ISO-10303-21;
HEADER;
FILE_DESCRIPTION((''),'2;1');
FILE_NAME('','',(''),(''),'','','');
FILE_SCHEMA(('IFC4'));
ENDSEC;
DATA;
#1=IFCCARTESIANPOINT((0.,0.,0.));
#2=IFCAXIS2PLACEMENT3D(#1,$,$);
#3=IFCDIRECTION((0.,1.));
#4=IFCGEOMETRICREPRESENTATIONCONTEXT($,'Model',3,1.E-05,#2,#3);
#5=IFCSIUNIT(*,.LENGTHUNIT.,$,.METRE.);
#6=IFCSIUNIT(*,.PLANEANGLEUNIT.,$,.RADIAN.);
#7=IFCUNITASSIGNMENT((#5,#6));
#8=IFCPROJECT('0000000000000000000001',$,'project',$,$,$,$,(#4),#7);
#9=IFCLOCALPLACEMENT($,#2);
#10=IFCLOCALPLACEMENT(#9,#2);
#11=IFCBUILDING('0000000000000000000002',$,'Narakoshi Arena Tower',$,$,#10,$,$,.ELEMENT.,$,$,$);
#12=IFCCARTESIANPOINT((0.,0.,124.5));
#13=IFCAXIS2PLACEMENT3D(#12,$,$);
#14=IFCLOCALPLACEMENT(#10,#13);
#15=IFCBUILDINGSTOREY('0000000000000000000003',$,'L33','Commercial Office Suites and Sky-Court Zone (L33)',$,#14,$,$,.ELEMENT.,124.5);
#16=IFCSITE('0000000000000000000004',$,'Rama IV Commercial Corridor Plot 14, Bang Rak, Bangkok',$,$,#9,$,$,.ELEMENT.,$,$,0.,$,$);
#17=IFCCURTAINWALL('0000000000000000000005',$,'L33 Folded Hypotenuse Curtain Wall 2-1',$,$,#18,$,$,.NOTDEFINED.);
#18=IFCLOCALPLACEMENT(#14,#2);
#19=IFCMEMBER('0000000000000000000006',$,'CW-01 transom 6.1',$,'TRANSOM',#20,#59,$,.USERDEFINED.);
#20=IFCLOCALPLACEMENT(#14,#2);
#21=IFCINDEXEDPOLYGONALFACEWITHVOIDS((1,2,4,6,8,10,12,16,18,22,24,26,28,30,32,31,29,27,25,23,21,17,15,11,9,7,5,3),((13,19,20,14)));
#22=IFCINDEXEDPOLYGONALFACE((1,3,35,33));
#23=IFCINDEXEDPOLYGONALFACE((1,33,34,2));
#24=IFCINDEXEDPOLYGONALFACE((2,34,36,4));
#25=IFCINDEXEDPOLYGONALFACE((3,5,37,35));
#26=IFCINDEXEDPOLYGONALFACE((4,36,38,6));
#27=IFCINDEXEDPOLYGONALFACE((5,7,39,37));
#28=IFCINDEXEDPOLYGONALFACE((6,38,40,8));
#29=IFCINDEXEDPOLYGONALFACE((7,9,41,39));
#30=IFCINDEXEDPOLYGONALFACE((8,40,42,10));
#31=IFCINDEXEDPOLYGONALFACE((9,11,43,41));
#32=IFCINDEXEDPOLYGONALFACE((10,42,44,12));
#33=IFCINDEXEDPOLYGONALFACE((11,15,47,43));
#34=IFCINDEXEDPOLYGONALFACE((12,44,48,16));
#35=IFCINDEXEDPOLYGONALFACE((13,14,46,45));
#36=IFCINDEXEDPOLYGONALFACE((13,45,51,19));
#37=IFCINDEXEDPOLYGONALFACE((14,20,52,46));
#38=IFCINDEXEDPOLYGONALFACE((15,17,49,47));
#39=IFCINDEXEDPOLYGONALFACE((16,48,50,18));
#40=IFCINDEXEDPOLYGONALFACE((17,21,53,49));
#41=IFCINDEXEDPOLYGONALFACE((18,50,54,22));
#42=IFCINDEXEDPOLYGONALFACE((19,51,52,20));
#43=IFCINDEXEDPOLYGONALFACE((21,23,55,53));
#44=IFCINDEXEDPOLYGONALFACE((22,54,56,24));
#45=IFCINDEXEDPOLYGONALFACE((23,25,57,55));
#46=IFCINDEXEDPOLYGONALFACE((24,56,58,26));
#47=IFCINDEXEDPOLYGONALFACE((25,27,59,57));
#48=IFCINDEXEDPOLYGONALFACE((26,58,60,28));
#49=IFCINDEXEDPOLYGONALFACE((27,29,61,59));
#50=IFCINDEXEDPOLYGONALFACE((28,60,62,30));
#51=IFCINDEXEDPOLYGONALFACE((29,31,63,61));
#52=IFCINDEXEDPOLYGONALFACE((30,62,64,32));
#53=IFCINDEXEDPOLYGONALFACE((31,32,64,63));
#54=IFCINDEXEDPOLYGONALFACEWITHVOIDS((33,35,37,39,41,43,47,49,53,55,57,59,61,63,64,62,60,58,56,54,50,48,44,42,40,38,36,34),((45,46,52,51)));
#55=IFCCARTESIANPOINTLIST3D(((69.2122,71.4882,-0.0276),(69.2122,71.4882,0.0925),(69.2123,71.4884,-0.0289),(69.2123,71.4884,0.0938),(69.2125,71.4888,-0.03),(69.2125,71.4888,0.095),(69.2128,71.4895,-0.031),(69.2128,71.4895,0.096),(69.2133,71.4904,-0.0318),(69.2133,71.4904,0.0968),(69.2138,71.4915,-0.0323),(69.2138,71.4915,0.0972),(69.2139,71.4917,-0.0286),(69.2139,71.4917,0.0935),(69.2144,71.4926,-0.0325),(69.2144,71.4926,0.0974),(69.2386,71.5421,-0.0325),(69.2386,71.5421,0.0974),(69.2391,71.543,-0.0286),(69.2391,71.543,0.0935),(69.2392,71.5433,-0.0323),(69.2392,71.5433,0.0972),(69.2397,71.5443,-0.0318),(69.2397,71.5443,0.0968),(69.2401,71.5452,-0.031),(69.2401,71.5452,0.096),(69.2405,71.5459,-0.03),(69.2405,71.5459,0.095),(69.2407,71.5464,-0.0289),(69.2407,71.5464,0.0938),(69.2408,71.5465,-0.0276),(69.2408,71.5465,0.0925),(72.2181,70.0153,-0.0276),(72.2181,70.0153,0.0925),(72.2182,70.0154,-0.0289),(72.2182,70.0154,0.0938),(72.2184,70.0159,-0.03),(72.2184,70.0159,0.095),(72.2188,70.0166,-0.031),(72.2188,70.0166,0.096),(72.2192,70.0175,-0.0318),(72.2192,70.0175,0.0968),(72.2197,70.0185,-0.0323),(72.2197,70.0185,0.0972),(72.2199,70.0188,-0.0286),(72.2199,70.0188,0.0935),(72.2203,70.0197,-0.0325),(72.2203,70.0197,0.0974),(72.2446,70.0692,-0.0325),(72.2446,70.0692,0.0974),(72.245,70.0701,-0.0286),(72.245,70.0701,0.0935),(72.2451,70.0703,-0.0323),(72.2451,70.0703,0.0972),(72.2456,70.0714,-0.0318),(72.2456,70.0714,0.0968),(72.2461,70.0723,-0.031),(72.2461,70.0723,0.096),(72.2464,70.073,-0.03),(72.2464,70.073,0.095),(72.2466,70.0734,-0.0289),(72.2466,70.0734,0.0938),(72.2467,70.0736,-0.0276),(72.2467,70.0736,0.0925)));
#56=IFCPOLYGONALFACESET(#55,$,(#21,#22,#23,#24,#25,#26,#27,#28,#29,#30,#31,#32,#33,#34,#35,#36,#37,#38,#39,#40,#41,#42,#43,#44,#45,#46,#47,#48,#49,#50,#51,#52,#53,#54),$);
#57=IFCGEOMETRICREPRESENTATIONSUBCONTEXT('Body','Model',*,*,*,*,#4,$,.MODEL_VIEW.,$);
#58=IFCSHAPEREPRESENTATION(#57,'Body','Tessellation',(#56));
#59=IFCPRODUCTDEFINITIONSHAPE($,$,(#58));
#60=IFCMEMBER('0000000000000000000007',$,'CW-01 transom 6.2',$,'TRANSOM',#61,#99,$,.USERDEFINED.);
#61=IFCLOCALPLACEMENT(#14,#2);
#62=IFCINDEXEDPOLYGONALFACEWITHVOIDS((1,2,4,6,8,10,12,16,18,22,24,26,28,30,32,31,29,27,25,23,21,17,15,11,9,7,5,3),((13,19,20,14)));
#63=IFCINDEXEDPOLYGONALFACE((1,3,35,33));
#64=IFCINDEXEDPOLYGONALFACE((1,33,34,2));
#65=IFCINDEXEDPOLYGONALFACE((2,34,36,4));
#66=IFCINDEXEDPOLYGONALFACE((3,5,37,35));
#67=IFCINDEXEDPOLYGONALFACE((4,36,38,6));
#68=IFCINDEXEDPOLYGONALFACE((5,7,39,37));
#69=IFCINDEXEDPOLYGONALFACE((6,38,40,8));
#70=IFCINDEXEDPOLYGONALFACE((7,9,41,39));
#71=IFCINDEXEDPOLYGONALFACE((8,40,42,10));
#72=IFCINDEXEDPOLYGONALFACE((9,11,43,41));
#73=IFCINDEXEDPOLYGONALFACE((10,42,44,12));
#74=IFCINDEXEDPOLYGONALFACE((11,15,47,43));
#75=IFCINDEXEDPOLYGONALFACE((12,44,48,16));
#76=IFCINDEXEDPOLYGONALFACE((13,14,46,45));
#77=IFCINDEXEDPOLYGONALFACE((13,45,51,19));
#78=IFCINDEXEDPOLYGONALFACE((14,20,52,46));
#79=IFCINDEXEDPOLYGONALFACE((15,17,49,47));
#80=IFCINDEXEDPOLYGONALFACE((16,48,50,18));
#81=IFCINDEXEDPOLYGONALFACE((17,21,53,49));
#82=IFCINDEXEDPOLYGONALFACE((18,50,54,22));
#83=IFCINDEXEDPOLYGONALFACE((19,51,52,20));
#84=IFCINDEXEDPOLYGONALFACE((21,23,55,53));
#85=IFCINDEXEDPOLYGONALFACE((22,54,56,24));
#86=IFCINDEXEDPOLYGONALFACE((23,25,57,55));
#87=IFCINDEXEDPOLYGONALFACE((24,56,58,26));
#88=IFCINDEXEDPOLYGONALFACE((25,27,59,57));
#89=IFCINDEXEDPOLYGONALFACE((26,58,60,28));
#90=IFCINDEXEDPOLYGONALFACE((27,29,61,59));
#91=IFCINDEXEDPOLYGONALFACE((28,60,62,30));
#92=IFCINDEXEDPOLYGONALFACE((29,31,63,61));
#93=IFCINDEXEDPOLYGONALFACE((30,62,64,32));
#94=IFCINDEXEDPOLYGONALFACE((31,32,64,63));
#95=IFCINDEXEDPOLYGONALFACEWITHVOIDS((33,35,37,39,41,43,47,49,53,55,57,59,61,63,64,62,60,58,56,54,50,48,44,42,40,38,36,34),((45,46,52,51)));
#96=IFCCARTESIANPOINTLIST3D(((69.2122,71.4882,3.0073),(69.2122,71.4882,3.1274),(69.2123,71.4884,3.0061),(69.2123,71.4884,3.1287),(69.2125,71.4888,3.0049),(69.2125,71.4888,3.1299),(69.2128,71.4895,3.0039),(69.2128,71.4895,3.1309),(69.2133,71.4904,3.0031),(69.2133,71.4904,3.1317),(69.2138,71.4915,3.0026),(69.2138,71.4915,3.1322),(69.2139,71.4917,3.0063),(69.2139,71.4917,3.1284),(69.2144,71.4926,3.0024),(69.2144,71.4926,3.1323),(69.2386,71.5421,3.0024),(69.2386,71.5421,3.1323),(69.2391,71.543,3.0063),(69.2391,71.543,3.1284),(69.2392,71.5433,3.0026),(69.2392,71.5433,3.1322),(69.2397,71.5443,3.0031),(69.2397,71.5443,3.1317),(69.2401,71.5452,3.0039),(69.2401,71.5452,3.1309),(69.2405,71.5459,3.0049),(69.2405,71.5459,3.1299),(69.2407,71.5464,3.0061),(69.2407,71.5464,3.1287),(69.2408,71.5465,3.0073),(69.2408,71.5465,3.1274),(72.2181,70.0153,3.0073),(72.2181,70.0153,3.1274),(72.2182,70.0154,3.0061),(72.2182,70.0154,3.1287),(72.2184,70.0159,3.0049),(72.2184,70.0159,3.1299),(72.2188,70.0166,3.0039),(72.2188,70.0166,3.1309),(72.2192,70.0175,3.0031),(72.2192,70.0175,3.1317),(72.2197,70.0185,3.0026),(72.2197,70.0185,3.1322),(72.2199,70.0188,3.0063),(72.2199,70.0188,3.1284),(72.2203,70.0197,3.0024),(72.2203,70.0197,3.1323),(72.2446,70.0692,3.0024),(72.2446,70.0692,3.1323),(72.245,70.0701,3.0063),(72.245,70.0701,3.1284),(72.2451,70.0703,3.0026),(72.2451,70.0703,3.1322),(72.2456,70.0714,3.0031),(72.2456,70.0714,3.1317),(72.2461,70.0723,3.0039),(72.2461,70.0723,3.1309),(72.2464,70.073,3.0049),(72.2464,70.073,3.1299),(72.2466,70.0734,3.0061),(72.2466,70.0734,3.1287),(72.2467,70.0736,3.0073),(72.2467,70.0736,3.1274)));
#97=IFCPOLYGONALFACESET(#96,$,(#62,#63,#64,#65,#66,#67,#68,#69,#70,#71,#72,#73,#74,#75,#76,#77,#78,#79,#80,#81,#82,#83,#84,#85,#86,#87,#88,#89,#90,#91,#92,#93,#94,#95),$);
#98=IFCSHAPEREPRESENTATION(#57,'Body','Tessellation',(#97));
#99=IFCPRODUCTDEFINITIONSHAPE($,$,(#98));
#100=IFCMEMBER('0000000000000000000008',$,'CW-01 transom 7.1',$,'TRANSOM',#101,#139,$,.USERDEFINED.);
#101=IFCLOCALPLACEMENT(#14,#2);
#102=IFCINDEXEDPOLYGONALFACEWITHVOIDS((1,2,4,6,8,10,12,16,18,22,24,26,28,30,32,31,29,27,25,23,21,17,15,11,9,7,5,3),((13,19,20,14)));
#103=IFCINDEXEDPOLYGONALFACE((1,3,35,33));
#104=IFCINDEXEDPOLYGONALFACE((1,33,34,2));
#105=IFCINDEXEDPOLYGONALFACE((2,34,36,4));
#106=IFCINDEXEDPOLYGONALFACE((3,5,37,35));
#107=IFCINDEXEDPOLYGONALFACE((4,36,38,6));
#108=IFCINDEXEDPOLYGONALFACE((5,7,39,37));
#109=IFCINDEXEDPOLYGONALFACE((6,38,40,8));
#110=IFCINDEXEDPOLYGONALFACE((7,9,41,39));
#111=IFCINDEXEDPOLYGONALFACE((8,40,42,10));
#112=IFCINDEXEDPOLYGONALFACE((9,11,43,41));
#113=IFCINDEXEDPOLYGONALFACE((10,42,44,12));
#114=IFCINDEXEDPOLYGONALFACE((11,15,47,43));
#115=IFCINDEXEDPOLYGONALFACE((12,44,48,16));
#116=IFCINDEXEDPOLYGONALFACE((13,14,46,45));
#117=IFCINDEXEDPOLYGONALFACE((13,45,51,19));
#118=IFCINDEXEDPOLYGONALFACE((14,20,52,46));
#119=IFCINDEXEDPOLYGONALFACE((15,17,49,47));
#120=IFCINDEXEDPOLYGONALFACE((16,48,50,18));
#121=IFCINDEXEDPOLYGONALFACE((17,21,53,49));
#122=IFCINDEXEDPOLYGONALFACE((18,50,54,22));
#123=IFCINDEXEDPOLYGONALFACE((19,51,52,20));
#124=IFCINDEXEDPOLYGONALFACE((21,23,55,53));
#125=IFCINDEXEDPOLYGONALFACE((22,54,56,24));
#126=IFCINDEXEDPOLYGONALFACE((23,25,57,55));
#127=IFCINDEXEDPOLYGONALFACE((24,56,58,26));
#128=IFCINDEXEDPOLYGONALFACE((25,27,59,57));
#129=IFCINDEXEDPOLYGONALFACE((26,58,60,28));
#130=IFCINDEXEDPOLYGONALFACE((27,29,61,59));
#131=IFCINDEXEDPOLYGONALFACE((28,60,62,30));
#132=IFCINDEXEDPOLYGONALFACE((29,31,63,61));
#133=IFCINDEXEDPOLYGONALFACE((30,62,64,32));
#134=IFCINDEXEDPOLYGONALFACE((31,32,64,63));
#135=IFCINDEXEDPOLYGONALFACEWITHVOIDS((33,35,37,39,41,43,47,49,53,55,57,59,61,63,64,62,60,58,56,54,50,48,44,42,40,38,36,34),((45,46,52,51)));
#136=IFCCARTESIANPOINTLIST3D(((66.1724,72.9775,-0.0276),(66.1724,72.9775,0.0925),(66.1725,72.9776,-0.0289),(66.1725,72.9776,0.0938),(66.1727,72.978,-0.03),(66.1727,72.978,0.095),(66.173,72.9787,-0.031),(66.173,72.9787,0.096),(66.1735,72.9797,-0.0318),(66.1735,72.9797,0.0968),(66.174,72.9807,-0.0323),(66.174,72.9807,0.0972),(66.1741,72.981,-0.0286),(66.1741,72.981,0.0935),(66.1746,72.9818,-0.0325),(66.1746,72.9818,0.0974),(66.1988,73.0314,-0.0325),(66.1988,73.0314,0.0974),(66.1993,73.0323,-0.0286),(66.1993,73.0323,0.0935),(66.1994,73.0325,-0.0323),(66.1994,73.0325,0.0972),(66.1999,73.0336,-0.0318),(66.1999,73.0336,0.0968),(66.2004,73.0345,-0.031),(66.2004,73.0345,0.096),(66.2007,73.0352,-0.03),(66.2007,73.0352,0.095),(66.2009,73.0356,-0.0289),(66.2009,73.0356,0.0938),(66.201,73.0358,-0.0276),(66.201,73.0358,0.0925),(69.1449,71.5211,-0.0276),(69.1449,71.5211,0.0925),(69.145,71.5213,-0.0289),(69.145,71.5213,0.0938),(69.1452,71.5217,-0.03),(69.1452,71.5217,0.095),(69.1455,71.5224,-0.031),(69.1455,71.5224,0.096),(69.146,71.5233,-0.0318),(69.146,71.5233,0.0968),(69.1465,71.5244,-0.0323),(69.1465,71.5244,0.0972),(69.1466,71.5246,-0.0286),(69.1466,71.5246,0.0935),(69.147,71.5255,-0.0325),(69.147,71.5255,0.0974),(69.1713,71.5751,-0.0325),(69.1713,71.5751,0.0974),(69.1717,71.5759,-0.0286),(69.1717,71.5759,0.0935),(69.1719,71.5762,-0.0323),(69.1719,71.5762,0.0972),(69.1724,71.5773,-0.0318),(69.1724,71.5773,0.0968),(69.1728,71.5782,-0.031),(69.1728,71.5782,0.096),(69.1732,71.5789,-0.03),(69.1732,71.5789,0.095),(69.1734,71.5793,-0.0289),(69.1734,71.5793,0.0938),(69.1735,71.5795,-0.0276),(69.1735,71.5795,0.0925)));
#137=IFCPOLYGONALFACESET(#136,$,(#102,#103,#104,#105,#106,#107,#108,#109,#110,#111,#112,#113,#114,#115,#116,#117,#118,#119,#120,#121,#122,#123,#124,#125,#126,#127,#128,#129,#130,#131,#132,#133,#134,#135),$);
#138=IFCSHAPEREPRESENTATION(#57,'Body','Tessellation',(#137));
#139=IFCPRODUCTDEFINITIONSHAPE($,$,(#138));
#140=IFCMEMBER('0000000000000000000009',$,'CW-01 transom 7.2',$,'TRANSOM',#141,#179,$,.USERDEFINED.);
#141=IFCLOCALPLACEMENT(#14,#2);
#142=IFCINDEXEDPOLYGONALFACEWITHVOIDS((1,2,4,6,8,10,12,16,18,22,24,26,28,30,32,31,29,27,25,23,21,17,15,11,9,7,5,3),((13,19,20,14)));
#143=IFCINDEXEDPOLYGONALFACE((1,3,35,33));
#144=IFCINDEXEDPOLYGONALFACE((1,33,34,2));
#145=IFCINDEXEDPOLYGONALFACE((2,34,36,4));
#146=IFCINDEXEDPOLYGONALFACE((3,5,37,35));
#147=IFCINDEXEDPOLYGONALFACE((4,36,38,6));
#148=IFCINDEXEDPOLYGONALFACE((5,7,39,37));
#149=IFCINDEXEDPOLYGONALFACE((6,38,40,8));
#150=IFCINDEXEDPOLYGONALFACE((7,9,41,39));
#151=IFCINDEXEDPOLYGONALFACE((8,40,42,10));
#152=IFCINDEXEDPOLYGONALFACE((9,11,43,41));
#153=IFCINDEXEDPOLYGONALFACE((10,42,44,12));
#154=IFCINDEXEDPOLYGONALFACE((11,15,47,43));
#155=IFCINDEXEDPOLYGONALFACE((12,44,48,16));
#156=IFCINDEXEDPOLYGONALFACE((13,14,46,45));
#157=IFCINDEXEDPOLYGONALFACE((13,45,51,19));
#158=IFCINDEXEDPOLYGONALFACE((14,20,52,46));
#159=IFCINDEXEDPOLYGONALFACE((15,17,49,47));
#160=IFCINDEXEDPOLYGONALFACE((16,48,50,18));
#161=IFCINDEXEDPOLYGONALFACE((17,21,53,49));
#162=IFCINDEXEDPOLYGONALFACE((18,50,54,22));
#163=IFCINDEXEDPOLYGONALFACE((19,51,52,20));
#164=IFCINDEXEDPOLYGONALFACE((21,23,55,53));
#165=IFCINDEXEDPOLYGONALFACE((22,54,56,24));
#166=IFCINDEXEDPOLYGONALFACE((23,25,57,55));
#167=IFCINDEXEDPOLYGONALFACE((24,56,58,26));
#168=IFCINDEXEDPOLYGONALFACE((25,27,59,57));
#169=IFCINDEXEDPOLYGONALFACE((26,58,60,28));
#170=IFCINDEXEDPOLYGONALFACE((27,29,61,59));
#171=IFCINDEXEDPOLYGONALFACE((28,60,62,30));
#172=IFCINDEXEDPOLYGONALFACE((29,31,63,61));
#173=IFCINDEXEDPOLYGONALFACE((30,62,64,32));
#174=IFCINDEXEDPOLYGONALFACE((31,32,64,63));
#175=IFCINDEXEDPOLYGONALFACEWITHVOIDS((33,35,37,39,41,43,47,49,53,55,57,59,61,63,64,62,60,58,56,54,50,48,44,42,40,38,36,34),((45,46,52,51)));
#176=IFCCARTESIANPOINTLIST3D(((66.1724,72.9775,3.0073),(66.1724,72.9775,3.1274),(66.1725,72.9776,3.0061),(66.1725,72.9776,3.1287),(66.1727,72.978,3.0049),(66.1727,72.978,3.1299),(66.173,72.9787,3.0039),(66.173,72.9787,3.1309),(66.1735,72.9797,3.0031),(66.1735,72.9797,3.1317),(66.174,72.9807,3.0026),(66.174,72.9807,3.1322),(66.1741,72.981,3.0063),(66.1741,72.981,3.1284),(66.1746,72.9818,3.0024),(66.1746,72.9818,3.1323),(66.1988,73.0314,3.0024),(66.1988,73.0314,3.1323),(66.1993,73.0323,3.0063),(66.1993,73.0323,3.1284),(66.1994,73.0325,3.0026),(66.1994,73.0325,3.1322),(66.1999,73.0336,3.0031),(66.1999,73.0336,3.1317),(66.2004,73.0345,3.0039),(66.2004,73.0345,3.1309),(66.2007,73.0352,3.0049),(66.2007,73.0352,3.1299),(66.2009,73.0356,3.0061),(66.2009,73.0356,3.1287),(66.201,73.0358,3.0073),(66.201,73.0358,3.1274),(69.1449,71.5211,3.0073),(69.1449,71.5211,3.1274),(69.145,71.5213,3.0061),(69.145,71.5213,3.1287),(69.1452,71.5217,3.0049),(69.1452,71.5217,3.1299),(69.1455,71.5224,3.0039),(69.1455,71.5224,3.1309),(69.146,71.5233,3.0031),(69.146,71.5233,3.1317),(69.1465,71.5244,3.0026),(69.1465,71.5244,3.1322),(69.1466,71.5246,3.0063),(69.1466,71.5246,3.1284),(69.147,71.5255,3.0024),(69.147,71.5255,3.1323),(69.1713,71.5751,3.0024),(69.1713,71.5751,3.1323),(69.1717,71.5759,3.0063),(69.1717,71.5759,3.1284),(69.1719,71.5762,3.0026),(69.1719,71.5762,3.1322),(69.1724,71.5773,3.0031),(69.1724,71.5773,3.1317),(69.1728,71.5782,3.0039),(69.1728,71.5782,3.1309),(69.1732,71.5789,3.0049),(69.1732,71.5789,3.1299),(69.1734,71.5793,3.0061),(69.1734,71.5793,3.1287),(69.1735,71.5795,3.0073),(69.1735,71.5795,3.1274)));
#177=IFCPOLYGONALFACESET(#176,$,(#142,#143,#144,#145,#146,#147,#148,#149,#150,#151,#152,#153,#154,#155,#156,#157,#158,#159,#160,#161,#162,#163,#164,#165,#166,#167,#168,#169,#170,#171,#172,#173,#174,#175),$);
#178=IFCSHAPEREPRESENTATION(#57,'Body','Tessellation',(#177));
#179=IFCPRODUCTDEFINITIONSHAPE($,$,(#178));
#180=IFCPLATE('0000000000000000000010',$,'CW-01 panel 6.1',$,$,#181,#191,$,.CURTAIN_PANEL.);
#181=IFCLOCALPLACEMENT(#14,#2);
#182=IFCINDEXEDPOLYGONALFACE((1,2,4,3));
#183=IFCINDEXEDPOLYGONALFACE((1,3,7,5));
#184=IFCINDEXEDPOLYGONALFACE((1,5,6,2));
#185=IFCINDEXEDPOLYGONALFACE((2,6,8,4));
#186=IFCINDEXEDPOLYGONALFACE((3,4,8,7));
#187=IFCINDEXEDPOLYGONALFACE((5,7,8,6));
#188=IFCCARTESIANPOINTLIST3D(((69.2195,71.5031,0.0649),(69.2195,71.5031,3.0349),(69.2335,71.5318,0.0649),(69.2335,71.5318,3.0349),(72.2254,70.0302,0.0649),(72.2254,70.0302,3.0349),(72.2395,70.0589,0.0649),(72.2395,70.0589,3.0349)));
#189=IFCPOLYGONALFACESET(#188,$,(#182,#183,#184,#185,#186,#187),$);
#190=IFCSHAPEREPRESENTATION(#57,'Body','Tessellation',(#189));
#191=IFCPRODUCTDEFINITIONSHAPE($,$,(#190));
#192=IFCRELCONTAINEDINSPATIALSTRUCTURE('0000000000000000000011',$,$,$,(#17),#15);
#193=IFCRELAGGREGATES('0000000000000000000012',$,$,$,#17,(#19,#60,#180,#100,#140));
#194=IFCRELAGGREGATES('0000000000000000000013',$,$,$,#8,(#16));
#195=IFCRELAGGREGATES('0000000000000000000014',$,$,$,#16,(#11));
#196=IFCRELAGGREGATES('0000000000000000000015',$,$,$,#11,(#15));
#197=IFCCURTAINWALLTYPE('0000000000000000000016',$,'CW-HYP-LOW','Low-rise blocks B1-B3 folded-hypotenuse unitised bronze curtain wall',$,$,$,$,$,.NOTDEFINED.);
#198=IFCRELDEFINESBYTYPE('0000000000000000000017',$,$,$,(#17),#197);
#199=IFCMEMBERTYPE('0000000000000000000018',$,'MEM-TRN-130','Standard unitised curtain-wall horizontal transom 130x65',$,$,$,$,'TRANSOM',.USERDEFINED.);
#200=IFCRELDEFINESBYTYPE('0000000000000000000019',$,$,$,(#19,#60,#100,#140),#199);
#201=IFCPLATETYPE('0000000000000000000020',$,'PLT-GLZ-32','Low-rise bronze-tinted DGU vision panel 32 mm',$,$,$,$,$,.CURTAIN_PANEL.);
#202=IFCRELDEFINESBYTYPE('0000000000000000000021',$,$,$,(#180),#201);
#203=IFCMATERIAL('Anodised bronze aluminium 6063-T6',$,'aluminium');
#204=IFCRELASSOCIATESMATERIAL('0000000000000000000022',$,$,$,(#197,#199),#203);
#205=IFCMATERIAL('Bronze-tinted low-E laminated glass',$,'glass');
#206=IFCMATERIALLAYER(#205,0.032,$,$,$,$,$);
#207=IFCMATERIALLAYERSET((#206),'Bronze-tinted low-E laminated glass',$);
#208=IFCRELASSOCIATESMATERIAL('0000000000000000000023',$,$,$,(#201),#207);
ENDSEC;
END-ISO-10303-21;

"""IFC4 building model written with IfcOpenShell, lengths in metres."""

from ifc_helpers import new_model, si_unit, direction, frame, origin, origin_2d, place, context, subcontext, project, spatial, rectangle, hollow_rectangle, extrude, material, layer, layer_set, material_profile, profile_set, type_object, element, aggregate, save


model = new_model("IFC4")

# Units and contexts
model_context = context("Model", 3, precision=1e-05, world=origin(), true_north=direction((0.0, 1.0)))
body_context = subcontext(model_context, "Body", "Model", "MODEL_VIEW")
ifc_project = project(units=[si_unit("LENGTHUNIT", "METRE"), si_unit("PLANEANGLEUNIT", "RADIAN")], contexts=[model_context])

# Site, building, storey
site_placement = place(None, origin())
site = spatial("IfcSite", under=ifc_project, at=site_placement, Name="Rama IV Commercial Corridor Plot 14, Bang Rak, Bangkok", CompositionType="ELEMENT", RefElevation=0.0)
building_placement = place(site_placement, origin())
building = spatial("IfcBuilding", under=site, at=building_placement, Name="Narakoshi Arena Tower", CompositionType="ELEMENT")
storey_placement = place(building_placement, frame((0.0, 0.0, 124.5)))
storey = spatial("IfcBuildingStorey", under=building, at=storey_placement, Name="L33", Description="Commercial Office Suites and Sky-Court Zone (L33)", CompositionType="ELEMENT", Elevation=124.5)

# Curtain wall, members, plate
ifc_material_1 = material(Name="Anodised bronze aluminium 6063-T6", Category="aluminium")
curtain_wall_type = type_object("IfcCurtainWallType", Name="CW-HYP-LOW", Description="Low-rise blocks B1-B3 folded-hypotenuse unitised bronze curtain wall", PredefinedType="NOTDEFINED", material=ifc_material_1)
curtain_wall_placement = place(storey_placement, origin())
curtain_wall = element("IfcCurtainWall", 1, at=curtain_wall_placement, inside=storey, type_object=curtain_wall_type, Name="L33 Folded Hypotenuse Curtain Wall 2-1", PredefinedType="NOTDEFINED")
ifc_material_profile_1 = material_profile(ifc_material_1, hollow_rectangle(XDim=0.0649, YDim=0.1299, WallThickness=0.0039, OuterFilletRadius=0.0049, at=origin_2d()), Name="TRN130x65x4")
ifc_profile_set_1 = profile_set([ifc_material_profile_1], Name="Anodised bronze aluminium 6063-T6")
member_type_1 = type_object("IfcMemberType", Name="MEM-TRN-130", Description="Standard unitised curtain-wall horizontal transom 130x65", ElementType="TRANSOM", PredefinedType="USERDEFINED", material=ifc_profile_set_1)
member_1_placement = place(storey_placement, frame((72.2324, 70.0444, 0.0325), z_axis=(-0.897987, 0.440022, 0.0), x_axis=(-0.440022, -0.897987, 0.0)))
member_1 = element("IfcMember", 2, at=member_1_placement, type_object=member_type_1, Name="CW-01 transom 6.1", ObjectType="TRANSOM", PredefinedType="USERDEFINED", context=body_context, shape_type="SweptSolid", body=[
    extrude(hollow_rectangle(XDim=0.0649, YDim=0.1299, WallThickness=0.0039, OuterFilletRadius=0.0049, at=origin_2d()), origin(), (0.0, 0.0, 1.0), 3.3474),
])
member_2_placement = place(storey_placement, frame((72.2324, 70.0444, 3.0674), z_axis=(-0.897987, 0.440022, 0.0), x_axis=(-0.440022, -0.897987, 0.0)))
member_2 = element("IfcMember", 3, at=member_2_placement, type_object=member_type_1, Name="CW-01 transom 6.2", ObjectType="TRANSOM", PredefinedType="USERDEFINED", context=body_context, shape_type="SweptSolid", body=[
    extrude(hollow_rectangle(XDim=0.0649, YDim=0.1299, WallThickness=0.0039, OuterFilletRadius=0.0049, at=origin_2d()), origin(), (0.0, 0.0, 1.0), 3.3474),
])
member_3_placement = place(storey_placement, frame((69.1592, 71.5503, 0.0325), z_axis=(-0.898012, 0.439971, 0.0), x_axis=(-0.439971, -0.898012, 0.0)))
member_3 = element("IfcMember", 4, at=member_3_placement, type_object=member_type_1, Name="CW-01 transom 7.1", ObjectType="TRANSOM", PredefinedType="USERDEFINED", context=body_context, shape_type="SweptSolid", body=[
    extrude(hollow_rectangle(XDim=0.0649, YDim=0.1299, WallThickness=0.0039, OuterFilletRadius=0.0049, at=origin_2d()), origin(), (0.0, 0.0, 1.0), 3.3101),
])
member_4_placement = place(storey_placement, frame((69.1592, 71.5503, 3.0674), z_axis=(-0.898012, 0.439971, 0.0), x_axis=(-0.439971, -0.898012, 0.0)))
member_4 = element("IfcMember", 5, at=member_4_placement, type_object=member_type_1, Name="CW-01 transom 7.2", ObjectType="TRANSOM", PredefinedType="USERDEFINED", context=body_context, shape_type="SweptSolid", body=[
    extrude(hollow_rectangle(XDim=0.0649, YDim=0.1299, WallThickness=0.0039, OuterFilletRadius=0.0049, at=origin_2d()), origin(), (0.0, 0.0, 1.0), 3.3101),
])
ifc_material_2 = material(Name="Bronze-tinted low-E laminated glass", Category="glass")
ifc_layer_1 = layer(ifc_material_2, 0.032)
ifc_layer_set_1 = layer_set([ifc_layer_1], Name="Bronze-tinted low-E laminated glass")
plate_type = type_object("IfcPlateType", Name="PLT-GLZ-32", Description="Low-rise bronze-tinted DGU vision panel 32 mm", PredefinedType="CURTAIN_PANEL", material=ifc_layer_set_1)
plate_1_placement = place(storey_placement, frame((70.7295, 70.781, 0.0649), z_axis=(0.0, 0.0, 1.0), x_axis=(-0.897996, 0.440005, 0.0)))
plate_1 = element("IfcPlate", 6, at=plate_1_placement, type_object=plate_type, Name="CW-01 panel 6.1", PredefinedType="CURTAIN_PANEL", context=body_context, shape_type="SweptSolid", body=[
    extrude(rectangle(XDim=3.3474, YDim=0.032, at=origin_2d()), origin(), (0.0, 0.0, 1.0), 2.97),
])
aggregate(curtain_wall, [member_1, member_2, plate_1, member_3, member_4])

save(model, "model.ifc")
